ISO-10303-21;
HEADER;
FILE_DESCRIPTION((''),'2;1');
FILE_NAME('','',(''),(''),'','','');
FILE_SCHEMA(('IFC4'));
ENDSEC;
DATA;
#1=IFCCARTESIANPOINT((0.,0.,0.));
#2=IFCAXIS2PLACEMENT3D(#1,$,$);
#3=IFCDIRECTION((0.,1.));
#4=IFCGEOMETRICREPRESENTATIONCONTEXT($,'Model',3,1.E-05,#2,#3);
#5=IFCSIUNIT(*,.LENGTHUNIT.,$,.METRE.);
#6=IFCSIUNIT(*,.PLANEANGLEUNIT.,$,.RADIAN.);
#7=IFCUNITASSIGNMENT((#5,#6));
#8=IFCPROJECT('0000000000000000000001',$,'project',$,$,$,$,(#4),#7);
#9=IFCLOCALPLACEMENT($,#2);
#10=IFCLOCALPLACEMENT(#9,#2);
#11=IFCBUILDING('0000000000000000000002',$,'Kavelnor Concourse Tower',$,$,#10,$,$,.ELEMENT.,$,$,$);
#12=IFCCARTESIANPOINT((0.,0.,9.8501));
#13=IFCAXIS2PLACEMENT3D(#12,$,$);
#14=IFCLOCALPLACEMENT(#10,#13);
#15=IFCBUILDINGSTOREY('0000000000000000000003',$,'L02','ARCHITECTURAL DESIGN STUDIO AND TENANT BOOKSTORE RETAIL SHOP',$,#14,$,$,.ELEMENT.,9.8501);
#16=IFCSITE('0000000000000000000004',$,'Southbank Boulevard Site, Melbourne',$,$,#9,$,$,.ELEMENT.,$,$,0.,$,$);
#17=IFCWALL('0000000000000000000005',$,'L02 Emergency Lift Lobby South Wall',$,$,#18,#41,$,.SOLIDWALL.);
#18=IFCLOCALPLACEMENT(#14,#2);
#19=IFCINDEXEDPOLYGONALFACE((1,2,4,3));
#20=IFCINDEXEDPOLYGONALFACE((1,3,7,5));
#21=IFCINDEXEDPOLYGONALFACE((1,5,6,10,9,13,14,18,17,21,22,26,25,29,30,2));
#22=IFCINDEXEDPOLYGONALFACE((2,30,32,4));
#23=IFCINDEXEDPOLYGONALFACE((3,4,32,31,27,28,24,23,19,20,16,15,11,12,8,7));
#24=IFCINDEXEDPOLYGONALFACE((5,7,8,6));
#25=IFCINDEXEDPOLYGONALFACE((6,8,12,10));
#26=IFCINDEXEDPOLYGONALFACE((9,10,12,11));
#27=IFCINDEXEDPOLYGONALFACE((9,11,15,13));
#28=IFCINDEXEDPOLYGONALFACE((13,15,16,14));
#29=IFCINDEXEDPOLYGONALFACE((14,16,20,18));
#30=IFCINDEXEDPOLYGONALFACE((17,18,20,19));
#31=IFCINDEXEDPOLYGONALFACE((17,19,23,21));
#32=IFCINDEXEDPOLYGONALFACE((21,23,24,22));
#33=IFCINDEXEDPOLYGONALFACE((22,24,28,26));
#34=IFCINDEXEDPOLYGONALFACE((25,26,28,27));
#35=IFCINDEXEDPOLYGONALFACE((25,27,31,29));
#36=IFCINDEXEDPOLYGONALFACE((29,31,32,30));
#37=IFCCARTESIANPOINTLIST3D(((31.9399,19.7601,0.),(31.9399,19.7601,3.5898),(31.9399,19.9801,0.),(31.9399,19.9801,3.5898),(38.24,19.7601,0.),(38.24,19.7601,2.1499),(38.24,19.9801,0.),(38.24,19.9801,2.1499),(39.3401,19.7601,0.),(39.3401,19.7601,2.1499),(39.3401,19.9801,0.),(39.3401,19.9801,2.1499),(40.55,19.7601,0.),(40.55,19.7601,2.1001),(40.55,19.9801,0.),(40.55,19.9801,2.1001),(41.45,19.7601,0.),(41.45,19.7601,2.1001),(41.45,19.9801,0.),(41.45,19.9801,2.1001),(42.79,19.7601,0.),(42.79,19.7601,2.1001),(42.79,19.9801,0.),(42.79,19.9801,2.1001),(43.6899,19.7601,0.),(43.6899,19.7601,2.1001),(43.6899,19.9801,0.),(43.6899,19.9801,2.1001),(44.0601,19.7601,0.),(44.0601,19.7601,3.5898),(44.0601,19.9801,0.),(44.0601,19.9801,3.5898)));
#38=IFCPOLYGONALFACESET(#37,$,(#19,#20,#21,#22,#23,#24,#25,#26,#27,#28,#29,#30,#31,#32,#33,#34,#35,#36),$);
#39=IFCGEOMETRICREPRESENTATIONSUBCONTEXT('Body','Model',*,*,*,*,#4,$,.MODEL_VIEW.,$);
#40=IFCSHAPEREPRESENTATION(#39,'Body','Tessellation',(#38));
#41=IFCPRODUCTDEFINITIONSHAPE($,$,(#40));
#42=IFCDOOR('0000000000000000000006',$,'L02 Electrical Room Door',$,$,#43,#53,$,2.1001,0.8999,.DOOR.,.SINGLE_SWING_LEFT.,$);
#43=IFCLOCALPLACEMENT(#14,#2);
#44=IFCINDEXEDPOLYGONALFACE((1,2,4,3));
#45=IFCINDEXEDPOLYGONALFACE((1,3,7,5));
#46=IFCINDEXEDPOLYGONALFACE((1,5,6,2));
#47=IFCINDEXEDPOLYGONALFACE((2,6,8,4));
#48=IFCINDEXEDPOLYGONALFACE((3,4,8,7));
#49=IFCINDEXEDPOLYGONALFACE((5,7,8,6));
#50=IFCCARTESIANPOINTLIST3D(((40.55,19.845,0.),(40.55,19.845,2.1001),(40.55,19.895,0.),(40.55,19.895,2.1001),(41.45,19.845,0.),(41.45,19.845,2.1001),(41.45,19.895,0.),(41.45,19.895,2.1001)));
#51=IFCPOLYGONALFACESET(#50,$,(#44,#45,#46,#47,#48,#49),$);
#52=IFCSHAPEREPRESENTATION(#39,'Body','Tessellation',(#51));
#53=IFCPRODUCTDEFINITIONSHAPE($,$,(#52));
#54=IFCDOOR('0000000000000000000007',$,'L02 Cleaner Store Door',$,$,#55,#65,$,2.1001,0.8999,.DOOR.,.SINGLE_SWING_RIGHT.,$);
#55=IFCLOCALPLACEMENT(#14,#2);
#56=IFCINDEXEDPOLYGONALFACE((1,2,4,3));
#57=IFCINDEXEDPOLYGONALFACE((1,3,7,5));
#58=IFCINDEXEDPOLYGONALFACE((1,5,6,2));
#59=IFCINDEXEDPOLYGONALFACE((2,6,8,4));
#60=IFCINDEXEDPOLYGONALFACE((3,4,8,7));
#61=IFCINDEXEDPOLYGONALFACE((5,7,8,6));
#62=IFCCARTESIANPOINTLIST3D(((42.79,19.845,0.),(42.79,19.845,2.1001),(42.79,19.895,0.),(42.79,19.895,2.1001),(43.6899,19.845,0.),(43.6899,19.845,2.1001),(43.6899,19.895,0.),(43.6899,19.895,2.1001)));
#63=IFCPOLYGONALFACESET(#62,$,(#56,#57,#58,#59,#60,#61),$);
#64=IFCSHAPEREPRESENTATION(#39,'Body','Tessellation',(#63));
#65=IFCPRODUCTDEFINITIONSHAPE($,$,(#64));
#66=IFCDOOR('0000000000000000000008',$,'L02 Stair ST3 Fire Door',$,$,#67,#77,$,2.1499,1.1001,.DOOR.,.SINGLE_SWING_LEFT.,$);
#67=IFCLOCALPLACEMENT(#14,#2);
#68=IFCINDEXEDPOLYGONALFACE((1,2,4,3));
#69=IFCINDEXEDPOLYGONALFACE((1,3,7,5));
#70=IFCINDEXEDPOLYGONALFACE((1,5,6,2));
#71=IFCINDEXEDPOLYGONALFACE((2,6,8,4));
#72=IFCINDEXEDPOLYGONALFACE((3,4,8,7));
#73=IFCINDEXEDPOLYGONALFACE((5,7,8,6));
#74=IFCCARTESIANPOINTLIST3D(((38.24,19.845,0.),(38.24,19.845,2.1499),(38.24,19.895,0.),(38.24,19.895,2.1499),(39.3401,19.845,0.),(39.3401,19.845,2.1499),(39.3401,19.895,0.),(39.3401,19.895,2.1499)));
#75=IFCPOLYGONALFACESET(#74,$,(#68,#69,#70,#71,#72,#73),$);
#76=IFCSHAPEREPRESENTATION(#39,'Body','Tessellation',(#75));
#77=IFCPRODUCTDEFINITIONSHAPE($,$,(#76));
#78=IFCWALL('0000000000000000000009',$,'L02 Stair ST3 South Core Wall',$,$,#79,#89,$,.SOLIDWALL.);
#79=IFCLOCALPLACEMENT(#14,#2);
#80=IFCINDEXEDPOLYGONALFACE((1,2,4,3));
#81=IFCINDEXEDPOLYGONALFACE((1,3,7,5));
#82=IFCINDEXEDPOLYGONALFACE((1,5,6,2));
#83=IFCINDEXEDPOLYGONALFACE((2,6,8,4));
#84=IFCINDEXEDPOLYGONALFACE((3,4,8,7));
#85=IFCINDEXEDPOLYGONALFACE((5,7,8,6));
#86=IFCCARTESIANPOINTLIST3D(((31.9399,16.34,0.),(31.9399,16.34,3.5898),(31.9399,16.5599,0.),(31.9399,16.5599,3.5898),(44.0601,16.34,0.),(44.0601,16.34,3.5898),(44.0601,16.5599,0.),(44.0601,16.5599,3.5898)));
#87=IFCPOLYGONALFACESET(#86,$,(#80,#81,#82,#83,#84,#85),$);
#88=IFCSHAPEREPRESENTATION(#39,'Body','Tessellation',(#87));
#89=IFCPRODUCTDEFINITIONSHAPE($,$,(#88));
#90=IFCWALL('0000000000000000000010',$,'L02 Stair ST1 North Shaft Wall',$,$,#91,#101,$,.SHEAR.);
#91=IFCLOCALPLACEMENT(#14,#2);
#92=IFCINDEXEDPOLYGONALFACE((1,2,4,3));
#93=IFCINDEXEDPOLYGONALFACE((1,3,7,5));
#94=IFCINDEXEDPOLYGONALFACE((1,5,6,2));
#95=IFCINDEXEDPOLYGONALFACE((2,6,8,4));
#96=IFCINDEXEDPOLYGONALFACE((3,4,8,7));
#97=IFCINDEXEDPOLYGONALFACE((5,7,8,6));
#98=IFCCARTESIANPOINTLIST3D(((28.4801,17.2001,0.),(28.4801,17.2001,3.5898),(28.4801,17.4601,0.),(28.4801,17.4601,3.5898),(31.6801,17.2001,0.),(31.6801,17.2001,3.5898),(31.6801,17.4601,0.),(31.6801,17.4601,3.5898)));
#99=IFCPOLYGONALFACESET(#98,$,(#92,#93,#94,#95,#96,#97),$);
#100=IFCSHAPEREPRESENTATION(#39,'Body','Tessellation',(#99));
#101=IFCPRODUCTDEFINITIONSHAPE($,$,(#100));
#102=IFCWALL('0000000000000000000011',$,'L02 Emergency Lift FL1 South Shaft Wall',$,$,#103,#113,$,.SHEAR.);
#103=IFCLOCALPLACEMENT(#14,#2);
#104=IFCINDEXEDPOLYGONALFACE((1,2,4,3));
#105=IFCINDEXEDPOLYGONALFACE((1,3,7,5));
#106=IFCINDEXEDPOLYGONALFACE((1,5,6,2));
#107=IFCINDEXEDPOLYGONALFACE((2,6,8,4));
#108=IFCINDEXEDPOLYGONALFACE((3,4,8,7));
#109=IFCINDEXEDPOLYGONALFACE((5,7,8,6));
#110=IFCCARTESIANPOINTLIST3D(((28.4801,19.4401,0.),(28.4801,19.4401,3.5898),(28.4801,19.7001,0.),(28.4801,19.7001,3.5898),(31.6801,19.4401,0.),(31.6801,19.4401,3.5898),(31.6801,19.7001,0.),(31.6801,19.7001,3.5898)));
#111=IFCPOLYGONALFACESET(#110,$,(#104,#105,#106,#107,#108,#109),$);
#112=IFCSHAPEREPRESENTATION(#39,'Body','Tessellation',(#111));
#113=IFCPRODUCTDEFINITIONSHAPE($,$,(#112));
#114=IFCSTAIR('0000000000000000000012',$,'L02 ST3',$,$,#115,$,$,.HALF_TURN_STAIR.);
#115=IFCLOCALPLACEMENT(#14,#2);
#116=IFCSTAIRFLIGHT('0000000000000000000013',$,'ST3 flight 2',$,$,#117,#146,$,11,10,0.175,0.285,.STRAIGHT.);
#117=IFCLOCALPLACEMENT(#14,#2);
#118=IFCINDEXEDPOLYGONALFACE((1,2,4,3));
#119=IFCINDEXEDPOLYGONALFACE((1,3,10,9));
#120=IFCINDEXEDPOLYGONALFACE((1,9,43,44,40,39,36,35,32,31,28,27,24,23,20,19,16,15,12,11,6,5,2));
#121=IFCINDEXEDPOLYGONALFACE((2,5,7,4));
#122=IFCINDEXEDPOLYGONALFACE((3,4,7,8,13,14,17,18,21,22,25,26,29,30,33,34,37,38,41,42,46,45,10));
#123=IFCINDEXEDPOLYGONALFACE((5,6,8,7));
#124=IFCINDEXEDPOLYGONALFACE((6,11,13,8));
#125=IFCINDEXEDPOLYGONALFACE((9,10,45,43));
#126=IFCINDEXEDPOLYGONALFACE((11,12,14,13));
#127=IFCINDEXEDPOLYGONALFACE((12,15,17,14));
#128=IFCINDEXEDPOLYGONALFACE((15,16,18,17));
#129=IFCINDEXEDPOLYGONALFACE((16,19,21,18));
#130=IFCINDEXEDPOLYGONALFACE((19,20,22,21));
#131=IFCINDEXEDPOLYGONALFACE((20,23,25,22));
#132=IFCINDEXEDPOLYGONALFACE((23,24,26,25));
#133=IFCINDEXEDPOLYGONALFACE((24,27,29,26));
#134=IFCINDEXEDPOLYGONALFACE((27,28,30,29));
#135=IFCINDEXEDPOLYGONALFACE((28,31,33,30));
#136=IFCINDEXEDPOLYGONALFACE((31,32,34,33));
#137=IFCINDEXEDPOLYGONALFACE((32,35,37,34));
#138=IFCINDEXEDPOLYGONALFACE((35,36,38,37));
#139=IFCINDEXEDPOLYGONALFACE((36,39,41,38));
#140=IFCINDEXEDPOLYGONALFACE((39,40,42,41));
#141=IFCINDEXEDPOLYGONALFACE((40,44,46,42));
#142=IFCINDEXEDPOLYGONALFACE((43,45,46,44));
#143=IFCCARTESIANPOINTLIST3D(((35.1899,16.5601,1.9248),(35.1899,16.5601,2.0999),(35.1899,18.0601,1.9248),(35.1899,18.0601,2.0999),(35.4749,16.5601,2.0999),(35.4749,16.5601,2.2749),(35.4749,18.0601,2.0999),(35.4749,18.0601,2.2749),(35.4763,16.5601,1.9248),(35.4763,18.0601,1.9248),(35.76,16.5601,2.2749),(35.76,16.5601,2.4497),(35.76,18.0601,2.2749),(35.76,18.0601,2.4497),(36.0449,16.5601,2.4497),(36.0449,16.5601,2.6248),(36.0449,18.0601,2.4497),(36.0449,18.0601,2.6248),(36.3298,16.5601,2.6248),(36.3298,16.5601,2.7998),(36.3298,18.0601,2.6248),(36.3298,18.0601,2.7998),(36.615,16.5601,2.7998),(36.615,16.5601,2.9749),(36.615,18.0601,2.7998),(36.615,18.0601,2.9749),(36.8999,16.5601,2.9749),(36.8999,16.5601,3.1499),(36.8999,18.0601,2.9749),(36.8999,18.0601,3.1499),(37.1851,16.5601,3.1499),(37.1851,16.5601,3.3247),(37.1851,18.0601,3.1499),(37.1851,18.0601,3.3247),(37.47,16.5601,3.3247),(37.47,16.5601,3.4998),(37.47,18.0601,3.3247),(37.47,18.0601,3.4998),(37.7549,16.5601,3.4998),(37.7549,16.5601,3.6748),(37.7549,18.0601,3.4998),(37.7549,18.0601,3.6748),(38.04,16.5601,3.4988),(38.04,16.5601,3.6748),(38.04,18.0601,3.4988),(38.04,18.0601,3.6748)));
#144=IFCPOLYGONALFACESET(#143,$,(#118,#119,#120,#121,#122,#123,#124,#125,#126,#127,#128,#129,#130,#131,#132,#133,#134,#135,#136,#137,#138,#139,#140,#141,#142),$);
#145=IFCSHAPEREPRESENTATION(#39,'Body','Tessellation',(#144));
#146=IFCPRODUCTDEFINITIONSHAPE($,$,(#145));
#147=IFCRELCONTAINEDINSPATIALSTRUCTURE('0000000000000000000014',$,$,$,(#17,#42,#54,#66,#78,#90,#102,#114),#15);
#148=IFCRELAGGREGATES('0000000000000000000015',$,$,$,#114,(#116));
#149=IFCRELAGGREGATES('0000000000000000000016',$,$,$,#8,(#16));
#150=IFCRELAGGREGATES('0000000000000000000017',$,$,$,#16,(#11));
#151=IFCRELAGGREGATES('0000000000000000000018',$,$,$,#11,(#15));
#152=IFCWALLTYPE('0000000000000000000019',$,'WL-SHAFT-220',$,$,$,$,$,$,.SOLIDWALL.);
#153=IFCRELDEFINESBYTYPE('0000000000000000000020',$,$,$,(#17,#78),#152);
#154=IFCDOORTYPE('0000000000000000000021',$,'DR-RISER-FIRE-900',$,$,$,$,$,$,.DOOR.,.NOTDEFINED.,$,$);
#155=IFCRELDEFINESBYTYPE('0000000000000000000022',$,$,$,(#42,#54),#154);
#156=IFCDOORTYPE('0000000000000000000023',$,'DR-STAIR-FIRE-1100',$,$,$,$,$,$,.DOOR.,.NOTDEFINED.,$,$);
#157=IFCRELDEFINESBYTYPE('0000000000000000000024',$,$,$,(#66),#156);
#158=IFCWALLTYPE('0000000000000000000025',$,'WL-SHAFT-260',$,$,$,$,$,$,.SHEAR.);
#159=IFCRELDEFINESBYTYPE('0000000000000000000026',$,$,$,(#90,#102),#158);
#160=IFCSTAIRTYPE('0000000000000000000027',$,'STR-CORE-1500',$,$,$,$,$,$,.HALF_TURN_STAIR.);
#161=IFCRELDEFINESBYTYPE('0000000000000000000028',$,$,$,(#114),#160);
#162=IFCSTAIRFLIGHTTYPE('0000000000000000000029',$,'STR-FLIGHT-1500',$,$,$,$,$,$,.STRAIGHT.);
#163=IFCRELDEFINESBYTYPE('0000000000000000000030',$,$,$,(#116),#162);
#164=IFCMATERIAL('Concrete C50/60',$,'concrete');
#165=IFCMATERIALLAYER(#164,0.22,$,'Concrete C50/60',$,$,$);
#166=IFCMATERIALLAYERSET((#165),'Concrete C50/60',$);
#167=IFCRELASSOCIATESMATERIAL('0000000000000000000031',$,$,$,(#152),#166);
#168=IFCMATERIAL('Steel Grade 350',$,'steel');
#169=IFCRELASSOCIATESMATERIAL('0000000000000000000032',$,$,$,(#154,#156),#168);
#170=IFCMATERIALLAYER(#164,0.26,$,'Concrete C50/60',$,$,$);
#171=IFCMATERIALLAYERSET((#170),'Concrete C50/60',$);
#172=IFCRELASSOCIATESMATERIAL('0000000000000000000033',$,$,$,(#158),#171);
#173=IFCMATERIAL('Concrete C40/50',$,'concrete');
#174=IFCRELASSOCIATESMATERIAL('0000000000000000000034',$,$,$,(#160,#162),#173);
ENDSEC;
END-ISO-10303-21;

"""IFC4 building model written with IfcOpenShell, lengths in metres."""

from ifc_helpers import new_model, si_unit, direction, frame, frame_2d, origin, place, context, subcontext, project, spatial, polyline, rectangle, outline, extrude, material, layer, layer_set, type_object, element, fill, aggregate, save


model = new_model("IFC4")

# Units and contexts
model_context = context("Model", 3, precision=1e-05, world=origin(), true_north=direction((0.0, 1.0)))
body_context = subcontext(model_context, "Body", "Model", "MODEL_VIEW")
ifc_project = project(units=[si_unit("LENGTHUNIT", "METRE"), si_unit("PLANEANGLEUNIT", "RADIAN")], contexts=[model_context])

# Site, building, storey
site_placement = place(None, origin())
site = spatial("IfcSite", under=ifc_project, at=site_placement, Name="Southbank Boulevard Site, Melbourne", CompositionType="ELEMENT", RefElevation=0.0)
building_placement = place(site_placement, origin())
building = spatial("IfcBuilding", under=site, at=building_placement, Name="Kavelnor Concourse Tower", CompositionType="ELEMENT")
storey_placement = place(building_placement, frame((0.0, 0.0, 9.8501)))
storey = spatial("IfcBuildingStorey", under=building, at=storey_placement, Name="L02", Description="ARCHITECTURAL DESIGN STUDIO AND TENANT BOOKSTORE RETAIL SHOP", CompositionType="ELEMENT", Elevation=9.8501)

# Shared definitions
ifc_material_1 = material(Name="Steel Grade 350", Category="steel")

# Wall, openings, doors
ifc_material_2 = material(Name="Concrete C50/60", Category="concrete")
ifc_layer_1 = layer(ifc_material_2, 0.22, Name="Concrete C50/60")
ifc_layer_set_1 = layer_set([ifc_layer_1], Name="Concrete C50/60")
wall_type_1 = type_object("IfcWallType", Name="WL-SHAFT-220", PredefinedType="SOLIDWALL", material=ifc_layer_set_1)
wall_1_placement = place(storey_placement, frame((31.9399, 19.8701, 0.0), z_axis=(0.0, 0.0, 1.0), x_axis=(1.0, 0.0, 0.0)))
wall_1 = element("IfcWall", 1, at=wall_1_placement, inside=storey, type_object=wall_type_1, Name="L02 Emergency Lift Lobby South Wall", PredefinedType="SOLIDWALL", context=body_context, shape_type="SweptSolid", body=[
    extrude(rectangle(XDim=12.1201, YDim=0.22, at=frame_2d((6.0601, 0.0))), origin(), (0.0, 0.0, 1.0), 3.5898),
])
opening_1_placement = place(wall_1_placement, frame((6.3, 0.0, 0.0)))
opening_1 = element("IfcOpeningElement", 2, at=opening_1_placement, cuts=wall_1, PredefinedType="OPENING", context=body_context, shape_type="SweptSolid", body=[
    extrude(rectangle(XDim=1.1001, YDim=2.1499, at=frame_2d((0.55, 1.075))), frame((0.0, 0.1201, 0.0), z_axis=(0.0, -1.0, 0.0), x_axis=(1.0, 0.0, 0.0)), (0.0, 0.0, 1.0), 0.24),
])
opening_2_placement = place(wall_1_placement, frame((8.6101, 0.0, 0.0)))
opening_2 = element("IfcOpeningElement", 3, at=opening_2_placement, cuts=wall_1, PredefinedType="OPENING", context=body_context, shape_type="SweptSolid", body=[
    extrude(rectangle(XDim=0.8999, YDim=2.1001, at=frame_2d((0.45, 1.05))), frame((0.0, 0.1201, 0.0), z_axis=(0.0, -1.0, 0.0), x_axis=(1.0, 0.0, 0.0)), (0.0, 0.0, 1.0), 0.24),
])
opening_3_placement = place(wall_1_placement, frame((10.8501, 0.0, 0.0)))
opening_3 = element("IfcOpeningElement", 4, at=opening_3_placement, cuts=wall_1, PredefinedType="OPENING", context=body_context, shape_type="SweptSolid", body=[
    extrude(rectangle(XDim=0.8999, YDim=2.1001, at=frame_2d((0.45, 1.05))), frame((0.0, 0.1201, 0.0), z_axis=(0.0, -1.0, 0.0), x_axis=(1.0, 0.0, 0.0)), (0.0, 0.0, 1.0), 0.24),
])
door_type_1 = type_object("IfcDoorType", Name="DR-RISER-FIRE-900", OperationType="NOTDEFINED", PredefinedType="DOOR", material=ifc_material_1)
door_1_placement = place(opening_2_placement, origin())
door_1 = element("IfcDoor", 5, at=door_1_placement, inside=storey, type_object=door_type_1, Name="L02 Electrical Room Door", OperationType="SINGLE_SWING_LEFT", OverallHeight=2.1001, OverallWidth=0.8999, PredefinedType="DOOR", context=body_context, shape_type="SweptSolid", body=[
    extrude(rectangle(XDim=0.8999, YDim=2.1001, at=frame_2d((0.45, 1.05))), frame((0.0, 0.0249, 0.0), z_axis=(0.0, -1.0, 0.0), x_axis=(1.0, 0.0, 0.0)), (0.0, 0.0, 1.0), 0.05),
])
fill(opening_2, door_1)
door_2_placement = place(opening_3_placement, origin())
door_2 = element("IfcDoor", 6, at=door_2_placement, inside=storey, type_object=door_type_1, Name="L02 Cleaner Store Door", OperationType="SINGLE_SWING_RIGHT", OverallHeight=2.1001, OverallWidth=0.8999, PredefinedType="DOOR", context=body_context, shape_type="SweptSolid", body=[
    extrude(rectangle(XDim=0.8999, YDim=2.1001, at=frame_2d((0.45, 1.05))), frame((0.0, 0.0249, 0.0), z_axis=(0.0, -1.0, 0.0), x_axis=(1.0, 0.0, 0.0)), (0.0, 0.0, 1.0), 0.05),
])
fill(opening_3, door_2)
door_type_2 = type_object("IfcDoorType", Name="DR-STAIR-FIRE-1100", OperationType="NOTDEFINED", PredefinedType="DOOR", material=ifc_material_1)
door_3_placement = place(opening_1_placement, origin())
door_3 = element("IfcDoor", 7, at=door_3_placement, inside=storey, type_object=door_type_2, Name="L02 Stair ST3 Fire Door", OperationType="SINGLE_SWING_LEFT", OverallHeight=2.1499, OverallWidth=1.1001, PredefinedType="DOOR", context=body_context, shape_type="SweptSolid", body=[
    extrude(rectangle(XDim=1.1001, YDim=2.1499, at=frame_2d((0.55, 1.075))), frame((0.0, 0.0249, 0.0), z_axis=(0.0, -1.0, 0.0), x_axis=(1.0, 0.0, 0.0)), (0.0, 0.0, 1.0), 0.05),
])
fill(opening_1, door_3)

# Walls
wall_2_placement = place(storey_placement, frame((31.9399, 16.45, 0.0), z_axis=(0.0, 0.0, 1.0), x_axis=(1.0, 0.0, 0.0)))
element("IfcWall", 8, at=wall_2_placement, inside=storey, type_object=wall_type_1, Name="L02 Stair ST3 South Core Wall", PredefinedType="SOLIDWALL", context=body_context, shape_type="SweptSolid", body=[
    extrude(rectangle(XDim=12.1201, YDim=0.22, at=frame_2d((6.0601, 0.0))), origin(), (0.0, 0.0, 1.0), 3.5898),
])
ifc_layer_2 = layer(ifc_material_2, 0.26, Name="Concrete C50/60")
ifc_layer_set_2 = layer_set([ifc_layer_2], Name="Concrete C50/60")
wall_type_2 = type_object("IfcWallType", Name="WL-SHAFT-260", PredefinedType="SHEAR", material=ifc_layer_set_2)
for number, where, z_axis, x_axis, name in (
    (9, (28.48, 17.3301, 0.0), (0.0, 0.0, 1.0), (1.0, 0.0, 0.0), "L02 Stair ST1 North Shaft Wall"),
    (10, (28.48, 19.5701, 0.0), (0.0, 0.0, 1.0), (1.0, 0.0, 0.0), "L02 Emergency Lift FL1 South Shaft Wall"),
):
    element("IfcWall", number, at=place(storey_placement, frame(where, z_axis=z_axis, x_axis=x_axis)), inside=storey, type_object=wall_type_2, Name=name, PredefinedType="SHEAR", context=body_context, shape_type="SweptSolid", body=[
        extrude(rectangle(XDim=3.2, YDim=0.26, at=frame_2d((1.6001, 0.0))), origin(), (0.0, 0.0, 1.0), 3.5898),
    ])

# Stair, stair flight
ifc_material_3 = material(Name="Concrete C40/50", Category="concrete")
stair_type = type_object("IfcStairType", Name="STR-CORE-1500", PredefinedType="HALF_TURN_STAIR", material=ifc_material_3)
stair_placement = place(storey_placement, origin())
stair = element("IfcStair", 11, at=stair_placement, inside=storey, type_object=stair_type, Name="L02 ST3", PredefinedType="HALF_TURN_STAIR")
stair_flight_type = type_object("IfcStairFlightType", Name="STR-FLIGHT-1500", PredefinedType="STRAIGHT", material=ifc_material_3)
stair_flight_placement = place(storey_placement, frame((35.1899, 17.3101, 1.9248), z_axis=(0.0, 0.0, 1.0), x_axis=(1.0, 0.0, 0.0)))
stair_flight = element("IfcStairFlight", 12, at=stair_flight_placement, type_object=stair_flight_type, Name="ST3 flight 2", NumberOfRisers=11, NumberOfTreads=10, PredefinedType="STRAIGHT", RiserHeight=0.175, TreadLength=0.285, context=body_context, shape_type="SweptSolid", body=[
    extrude(outline(polyline([(0.0, 0.0), (0.0, 0.175), (0.2849, 0.175), (0.2849, 0.3501), (0.5701, 0.3501), (0.5701, 0.5249), (0.855, 0.5249), (0.855, 0.7), (1.1399, 0.7), (1.1399, 0.875), (1.425, 0.875), (1.425, 1.05), (1.71, 1.05), (1.71, 1.2251), (1.9951, 1.2251), (1.9951, 1.3999), (2.28, 1.3999), (2.28, 1.575), (2.5649, 1.575), (2.5649, 1.75), (2.8501, 1.75), (2.8501, 1.925), (2.8501, 1.574), (0.2864, 0.0), (0.0, 0.0)])), frame((0.0, 0.75, 0.0), z_axis=(0.0, -1.0, 0.0), x_axis=(1.0, 0.0, 0.0)), (0.0, 0.0, 1.0), 1.5),
])
aggregate(stair, [stair_flight])

save(model, "model.ifc")
